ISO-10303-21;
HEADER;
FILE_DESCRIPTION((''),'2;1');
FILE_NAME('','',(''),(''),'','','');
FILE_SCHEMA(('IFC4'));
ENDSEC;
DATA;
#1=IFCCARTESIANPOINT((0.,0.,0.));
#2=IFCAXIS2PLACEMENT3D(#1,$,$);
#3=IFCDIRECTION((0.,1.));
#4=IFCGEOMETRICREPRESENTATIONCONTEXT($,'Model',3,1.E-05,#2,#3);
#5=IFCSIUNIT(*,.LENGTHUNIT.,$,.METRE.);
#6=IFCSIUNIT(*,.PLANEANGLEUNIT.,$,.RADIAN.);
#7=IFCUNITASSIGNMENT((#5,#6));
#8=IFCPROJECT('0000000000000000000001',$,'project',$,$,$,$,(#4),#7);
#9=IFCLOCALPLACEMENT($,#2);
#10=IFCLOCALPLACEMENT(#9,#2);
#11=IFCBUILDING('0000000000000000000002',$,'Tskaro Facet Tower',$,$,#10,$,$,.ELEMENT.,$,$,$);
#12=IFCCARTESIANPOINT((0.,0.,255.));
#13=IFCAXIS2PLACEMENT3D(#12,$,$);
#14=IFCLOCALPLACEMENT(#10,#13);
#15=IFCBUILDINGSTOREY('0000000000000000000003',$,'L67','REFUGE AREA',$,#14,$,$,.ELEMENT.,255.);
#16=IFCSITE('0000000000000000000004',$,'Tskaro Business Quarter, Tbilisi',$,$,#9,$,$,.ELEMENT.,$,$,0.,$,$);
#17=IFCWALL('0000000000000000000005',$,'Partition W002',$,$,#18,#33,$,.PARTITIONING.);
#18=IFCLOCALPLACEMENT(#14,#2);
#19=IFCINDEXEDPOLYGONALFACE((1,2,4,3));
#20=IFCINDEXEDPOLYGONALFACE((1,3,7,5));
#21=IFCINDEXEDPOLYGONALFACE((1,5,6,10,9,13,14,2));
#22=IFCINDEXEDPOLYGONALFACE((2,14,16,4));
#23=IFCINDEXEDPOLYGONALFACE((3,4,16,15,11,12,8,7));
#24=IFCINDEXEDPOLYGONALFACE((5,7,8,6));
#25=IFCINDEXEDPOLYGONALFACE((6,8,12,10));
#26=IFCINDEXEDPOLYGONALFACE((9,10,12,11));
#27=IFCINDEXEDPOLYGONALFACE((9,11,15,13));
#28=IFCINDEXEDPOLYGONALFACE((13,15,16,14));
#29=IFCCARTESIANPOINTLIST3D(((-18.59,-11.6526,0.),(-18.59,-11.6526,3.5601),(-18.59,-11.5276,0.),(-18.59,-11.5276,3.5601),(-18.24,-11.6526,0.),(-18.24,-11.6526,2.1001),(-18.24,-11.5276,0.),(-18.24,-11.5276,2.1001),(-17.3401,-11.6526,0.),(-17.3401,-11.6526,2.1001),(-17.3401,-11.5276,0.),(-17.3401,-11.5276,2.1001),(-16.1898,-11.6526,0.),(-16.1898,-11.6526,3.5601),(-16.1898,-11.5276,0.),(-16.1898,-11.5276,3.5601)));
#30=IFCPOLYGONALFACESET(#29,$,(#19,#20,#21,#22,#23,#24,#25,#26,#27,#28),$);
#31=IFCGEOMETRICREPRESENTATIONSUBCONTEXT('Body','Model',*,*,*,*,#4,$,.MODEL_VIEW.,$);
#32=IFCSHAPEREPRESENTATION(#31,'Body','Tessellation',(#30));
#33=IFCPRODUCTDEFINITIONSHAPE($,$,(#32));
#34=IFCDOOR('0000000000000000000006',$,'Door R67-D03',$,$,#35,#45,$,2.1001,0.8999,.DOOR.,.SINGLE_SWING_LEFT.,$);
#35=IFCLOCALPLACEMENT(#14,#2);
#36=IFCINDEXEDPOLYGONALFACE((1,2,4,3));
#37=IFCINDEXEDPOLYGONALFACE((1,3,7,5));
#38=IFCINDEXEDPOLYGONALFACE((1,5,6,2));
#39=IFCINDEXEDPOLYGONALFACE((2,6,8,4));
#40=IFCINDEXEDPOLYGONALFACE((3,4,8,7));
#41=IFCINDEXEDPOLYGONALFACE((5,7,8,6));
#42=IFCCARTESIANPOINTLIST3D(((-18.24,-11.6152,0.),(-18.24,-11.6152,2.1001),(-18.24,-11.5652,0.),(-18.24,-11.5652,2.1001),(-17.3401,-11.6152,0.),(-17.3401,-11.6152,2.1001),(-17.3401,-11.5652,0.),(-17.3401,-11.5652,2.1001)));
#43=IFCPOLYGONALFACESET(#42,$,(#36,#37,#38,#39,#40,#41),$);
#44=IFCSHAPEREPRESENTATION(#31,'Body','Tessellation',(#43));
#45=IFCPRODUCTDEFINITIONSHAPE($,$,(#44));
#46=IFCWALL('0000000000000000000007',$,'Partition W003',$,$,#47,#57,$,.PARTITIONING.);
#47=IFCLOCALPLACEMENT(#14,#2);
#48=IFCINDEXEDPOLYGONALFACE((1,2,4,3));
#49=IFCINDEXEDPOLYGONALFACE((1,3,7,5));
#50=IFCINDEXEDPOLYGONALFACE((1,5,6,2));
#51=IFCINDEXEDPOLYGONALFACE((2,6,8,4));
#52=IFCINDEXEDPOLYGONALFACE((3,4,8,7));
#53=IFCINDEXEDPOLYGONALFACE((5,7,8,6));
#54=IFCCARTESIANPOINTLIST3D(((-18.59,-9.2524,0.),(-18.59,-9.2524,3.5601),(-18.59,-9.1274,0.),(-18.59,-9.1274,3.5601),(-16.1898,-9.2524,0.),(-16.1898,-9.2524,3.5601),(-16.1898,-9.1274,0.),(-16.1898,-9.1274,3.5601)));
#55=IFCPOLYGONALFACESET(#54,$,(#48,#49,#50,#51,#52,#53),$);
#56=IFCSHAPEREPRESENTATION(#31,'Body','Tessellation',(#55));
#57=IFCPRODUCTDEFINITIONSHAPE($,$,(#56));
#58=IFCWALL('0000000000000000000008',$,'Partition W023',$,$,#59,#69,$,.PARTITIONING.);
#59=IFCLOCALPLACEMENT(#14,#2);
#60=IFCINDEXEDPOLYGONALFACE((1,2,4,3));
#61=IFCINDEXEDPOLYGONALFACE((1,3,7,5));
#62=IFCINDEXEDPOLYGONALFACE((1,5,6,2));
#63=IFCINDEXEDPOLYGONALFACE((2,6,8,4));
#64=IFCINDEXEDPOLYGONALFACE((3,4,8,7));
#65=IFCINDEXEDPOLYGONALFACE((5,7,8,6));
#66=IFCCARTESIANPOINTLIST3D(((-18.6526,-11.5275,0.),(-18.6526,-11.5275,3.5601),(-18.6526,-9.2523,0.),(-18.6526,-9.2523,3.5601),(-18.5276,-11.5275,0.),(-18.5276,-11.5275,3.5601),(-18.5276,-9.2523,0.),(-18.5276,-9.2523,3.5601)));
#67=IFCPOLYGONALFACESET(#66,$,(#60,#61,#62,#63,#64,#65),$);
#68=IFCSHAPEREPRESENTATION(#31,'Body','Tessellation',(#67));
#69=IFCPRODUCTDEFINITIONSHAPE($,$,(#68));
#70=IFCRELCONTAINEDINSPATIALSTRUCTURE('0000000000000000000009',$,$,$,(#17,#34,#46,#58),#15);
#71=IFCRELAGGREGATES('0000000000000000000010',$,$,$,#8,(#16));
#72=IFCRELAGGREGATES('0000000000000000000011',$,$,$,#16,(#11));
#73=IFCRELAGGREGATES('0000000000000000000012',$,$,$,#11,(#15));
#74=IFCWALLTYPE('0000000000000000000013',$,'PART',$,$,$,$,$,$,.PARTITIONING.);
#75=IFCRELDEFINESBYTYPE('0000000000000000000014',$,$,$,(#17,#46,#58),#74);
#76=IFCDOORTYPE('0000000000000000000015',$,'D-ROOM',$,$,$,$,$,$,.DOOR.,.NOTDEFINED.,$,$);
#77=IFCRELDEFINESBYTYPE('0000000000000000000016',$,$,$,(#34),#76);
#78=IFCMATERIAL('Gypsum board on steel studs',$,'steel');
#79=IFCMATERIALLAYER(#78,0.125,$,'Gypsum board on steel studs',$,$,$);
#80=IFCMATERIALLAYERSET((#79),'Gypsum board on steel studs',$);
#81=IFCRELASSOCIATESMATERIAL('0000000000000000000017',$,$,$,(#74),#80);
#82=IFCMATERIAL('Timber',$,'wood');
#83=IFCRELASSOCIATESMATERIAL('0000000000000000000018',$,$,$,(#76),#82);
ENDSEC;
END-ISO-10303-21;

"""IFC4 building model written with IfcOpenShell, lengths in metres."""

from ifc_helpers import new_model, si_unit, direction, frame, frame_2d, origin, place, context, subcontext, project, spatial, rectangle, extrude, material, layer, layer_set, type_object, element, fill, save


model = new_model("IFC4")

# Units and contexts
model_context = context("Model", 3, precision=1e-05, world=origin(), true_north=direction((0.0, 1.0)))
body_context = subcontext(model_context, "Body", "Model", "MODEL_VIEW")
ifc_project = project(units=[si_unit("LENGTHUNIT", "METRE"), si_unit("PLANEANGLEUNIT", "RADIAN")], contexts=[model_context])

# Site, building, storey
site_placement = place(None, origin())
site = spatial("IfcSite", under=ifc_project, at=site_placement, Name="Tskaro Business Quarter, Tbilisi", CompositionType="ELEMENT", RefElevation=0.0)
building_placement = place(site_placement, origin())
building = spatial("IfcBuilding", under=site, at=building_placement, Name="Tskaro Facet Tower", CompositionType="ELEMENT")
storey_placement = place(building_placement, frame((0.0, 0.0, 255.0)))
storey = spatial("IfcBuildingStorey", under=building, at=storey_placement, Name="L67", Description="REFUGE AREA", CompositionType="ELEMENT", Elevation=255.0)

# Wall, opening, door
ifc_material_1 = material(Name="Gypsum board on steel studs", Category="steel")
ifc_layer = layer(ifc_material_1, 0.125, Name="Gypsum board on steel studs")
ifc_layer_set = layer_set([ifc_layer], Name="Gypsum board on steel studs")
wall_type = type_object("IfcWallType", Name="PART", PredefinedType="PARTITIONING", material=ifc_layer_set)
wall_1_placement = place(storey_placement, frame((-18.5901, -11.5901, 0.0), z_axis=(0.0, 0.0, 1.0), x_axis=(1.0, 0.0, 0.0)))
wall_1 = element("IfcWall", 1, at=wall_1_placement, inside=storey, type_object=wall_type, Name="Partition W002", PredefinedType="PARTITIONING", context=body_context, shape_type="SweptSolid", body=[
    extrude(rectangle(XDim=2.4001, YDim=0.125, at=frame_2d((1.2002, 0.0))), origin(), (0.0, 0.0, 1.0), 3.5601),
])
opening_placement = place(wall_1_placement, frame((0.3501, 0.0, 0.0)))
opening = element("IfcOpeningElement", 2, at=opening_placement, cuts=wall_1, PredefinedType="OPENING", context=body_context, shape_type="SweptSolid", body=[
    extrude(rectangle(XDim=0.8999, YDim=2.1001, at=frame_2d((0.45, 1.05))), frame((0.0, 0.0725, 0.0), z_axis=(0.0, -1.0, 0.0), x_axis=(1.0, 0.0, 0.0)), (0.0, 0.0, 1.0), 0.145),
])
ifc_material_2 = material(Name="Timber", Category="wood")
door_type = type_object("IfcDoorType", Name="D-ROOM", OperationType="NOTDEFINED", PredefinedType="DOOR", material=ifc_material_2)
door_placement = place(opening_placement, origin())
door = element("IfcDoor", 3, at=door_placement, inside=storey, type_object=door_type, Name="Door R67-D03", OperationType="SINGLE_SWING_LEFT", OverallHeight=2.1001, OverallWidth=0.8999, PredefinedType="DOOR", context=body_context, shape_type="SweptSolid", body=[
    extrude(rectangle(XDim=0.8999, YDim=2.1001, at=frame_2d((0.45, 1.05))), frame((0.0, 0.0249, 0.0), z_axis=(0.0, -1.0, 0.0), x_axis=(1.0, 0.0, 0.0)), (0.0, 0.0, 1.0), 0.05),
])
fill(opening, door)

# Walls
wall_2_placement = place(storey_placement, frame((-18.5901, -9.1899, 0.0), z_axis=(0.0, 0.0, 1.0), x_axis=(1.0, 0.0, 0.0)))
element("IfcWall", 4, at=wall_2_placement, inside=storey, type_object=wall_type, Name="Partition W003", PredefinedType="PARTITIONING", context=body_context, shape_type="SweptSolid", body=[
    extrude(rectangle(XDim=2.4001, YDim=0.125, at=frame_2d((1.2002, 0.0))), origin(), (0.0, 0.0, 1.0), 3.5601),
])
wall_3_placement = place(storey_placement, frame((-18.5901, -11.5276, 0.0), z_axis=(0.0, 0.0, 1.0), x_axis=(0.0, 1.0, 0.0)))
element("IfcWall", 5, at=wall_3_placement, inside=storey, type_object=wall_type, Name="Partition W023", PredefinedType="PARTITIONING", context=body_context, shape_type="SweptSolid", body=[
    extrude(rectangle(XDim=2.2751, YDim=0.125, at=frame_2d((1.1377, 0.0))), origin(), (0.0, 0.0, 1.0), 3.5601),
])

save(model, "model.ifc")
